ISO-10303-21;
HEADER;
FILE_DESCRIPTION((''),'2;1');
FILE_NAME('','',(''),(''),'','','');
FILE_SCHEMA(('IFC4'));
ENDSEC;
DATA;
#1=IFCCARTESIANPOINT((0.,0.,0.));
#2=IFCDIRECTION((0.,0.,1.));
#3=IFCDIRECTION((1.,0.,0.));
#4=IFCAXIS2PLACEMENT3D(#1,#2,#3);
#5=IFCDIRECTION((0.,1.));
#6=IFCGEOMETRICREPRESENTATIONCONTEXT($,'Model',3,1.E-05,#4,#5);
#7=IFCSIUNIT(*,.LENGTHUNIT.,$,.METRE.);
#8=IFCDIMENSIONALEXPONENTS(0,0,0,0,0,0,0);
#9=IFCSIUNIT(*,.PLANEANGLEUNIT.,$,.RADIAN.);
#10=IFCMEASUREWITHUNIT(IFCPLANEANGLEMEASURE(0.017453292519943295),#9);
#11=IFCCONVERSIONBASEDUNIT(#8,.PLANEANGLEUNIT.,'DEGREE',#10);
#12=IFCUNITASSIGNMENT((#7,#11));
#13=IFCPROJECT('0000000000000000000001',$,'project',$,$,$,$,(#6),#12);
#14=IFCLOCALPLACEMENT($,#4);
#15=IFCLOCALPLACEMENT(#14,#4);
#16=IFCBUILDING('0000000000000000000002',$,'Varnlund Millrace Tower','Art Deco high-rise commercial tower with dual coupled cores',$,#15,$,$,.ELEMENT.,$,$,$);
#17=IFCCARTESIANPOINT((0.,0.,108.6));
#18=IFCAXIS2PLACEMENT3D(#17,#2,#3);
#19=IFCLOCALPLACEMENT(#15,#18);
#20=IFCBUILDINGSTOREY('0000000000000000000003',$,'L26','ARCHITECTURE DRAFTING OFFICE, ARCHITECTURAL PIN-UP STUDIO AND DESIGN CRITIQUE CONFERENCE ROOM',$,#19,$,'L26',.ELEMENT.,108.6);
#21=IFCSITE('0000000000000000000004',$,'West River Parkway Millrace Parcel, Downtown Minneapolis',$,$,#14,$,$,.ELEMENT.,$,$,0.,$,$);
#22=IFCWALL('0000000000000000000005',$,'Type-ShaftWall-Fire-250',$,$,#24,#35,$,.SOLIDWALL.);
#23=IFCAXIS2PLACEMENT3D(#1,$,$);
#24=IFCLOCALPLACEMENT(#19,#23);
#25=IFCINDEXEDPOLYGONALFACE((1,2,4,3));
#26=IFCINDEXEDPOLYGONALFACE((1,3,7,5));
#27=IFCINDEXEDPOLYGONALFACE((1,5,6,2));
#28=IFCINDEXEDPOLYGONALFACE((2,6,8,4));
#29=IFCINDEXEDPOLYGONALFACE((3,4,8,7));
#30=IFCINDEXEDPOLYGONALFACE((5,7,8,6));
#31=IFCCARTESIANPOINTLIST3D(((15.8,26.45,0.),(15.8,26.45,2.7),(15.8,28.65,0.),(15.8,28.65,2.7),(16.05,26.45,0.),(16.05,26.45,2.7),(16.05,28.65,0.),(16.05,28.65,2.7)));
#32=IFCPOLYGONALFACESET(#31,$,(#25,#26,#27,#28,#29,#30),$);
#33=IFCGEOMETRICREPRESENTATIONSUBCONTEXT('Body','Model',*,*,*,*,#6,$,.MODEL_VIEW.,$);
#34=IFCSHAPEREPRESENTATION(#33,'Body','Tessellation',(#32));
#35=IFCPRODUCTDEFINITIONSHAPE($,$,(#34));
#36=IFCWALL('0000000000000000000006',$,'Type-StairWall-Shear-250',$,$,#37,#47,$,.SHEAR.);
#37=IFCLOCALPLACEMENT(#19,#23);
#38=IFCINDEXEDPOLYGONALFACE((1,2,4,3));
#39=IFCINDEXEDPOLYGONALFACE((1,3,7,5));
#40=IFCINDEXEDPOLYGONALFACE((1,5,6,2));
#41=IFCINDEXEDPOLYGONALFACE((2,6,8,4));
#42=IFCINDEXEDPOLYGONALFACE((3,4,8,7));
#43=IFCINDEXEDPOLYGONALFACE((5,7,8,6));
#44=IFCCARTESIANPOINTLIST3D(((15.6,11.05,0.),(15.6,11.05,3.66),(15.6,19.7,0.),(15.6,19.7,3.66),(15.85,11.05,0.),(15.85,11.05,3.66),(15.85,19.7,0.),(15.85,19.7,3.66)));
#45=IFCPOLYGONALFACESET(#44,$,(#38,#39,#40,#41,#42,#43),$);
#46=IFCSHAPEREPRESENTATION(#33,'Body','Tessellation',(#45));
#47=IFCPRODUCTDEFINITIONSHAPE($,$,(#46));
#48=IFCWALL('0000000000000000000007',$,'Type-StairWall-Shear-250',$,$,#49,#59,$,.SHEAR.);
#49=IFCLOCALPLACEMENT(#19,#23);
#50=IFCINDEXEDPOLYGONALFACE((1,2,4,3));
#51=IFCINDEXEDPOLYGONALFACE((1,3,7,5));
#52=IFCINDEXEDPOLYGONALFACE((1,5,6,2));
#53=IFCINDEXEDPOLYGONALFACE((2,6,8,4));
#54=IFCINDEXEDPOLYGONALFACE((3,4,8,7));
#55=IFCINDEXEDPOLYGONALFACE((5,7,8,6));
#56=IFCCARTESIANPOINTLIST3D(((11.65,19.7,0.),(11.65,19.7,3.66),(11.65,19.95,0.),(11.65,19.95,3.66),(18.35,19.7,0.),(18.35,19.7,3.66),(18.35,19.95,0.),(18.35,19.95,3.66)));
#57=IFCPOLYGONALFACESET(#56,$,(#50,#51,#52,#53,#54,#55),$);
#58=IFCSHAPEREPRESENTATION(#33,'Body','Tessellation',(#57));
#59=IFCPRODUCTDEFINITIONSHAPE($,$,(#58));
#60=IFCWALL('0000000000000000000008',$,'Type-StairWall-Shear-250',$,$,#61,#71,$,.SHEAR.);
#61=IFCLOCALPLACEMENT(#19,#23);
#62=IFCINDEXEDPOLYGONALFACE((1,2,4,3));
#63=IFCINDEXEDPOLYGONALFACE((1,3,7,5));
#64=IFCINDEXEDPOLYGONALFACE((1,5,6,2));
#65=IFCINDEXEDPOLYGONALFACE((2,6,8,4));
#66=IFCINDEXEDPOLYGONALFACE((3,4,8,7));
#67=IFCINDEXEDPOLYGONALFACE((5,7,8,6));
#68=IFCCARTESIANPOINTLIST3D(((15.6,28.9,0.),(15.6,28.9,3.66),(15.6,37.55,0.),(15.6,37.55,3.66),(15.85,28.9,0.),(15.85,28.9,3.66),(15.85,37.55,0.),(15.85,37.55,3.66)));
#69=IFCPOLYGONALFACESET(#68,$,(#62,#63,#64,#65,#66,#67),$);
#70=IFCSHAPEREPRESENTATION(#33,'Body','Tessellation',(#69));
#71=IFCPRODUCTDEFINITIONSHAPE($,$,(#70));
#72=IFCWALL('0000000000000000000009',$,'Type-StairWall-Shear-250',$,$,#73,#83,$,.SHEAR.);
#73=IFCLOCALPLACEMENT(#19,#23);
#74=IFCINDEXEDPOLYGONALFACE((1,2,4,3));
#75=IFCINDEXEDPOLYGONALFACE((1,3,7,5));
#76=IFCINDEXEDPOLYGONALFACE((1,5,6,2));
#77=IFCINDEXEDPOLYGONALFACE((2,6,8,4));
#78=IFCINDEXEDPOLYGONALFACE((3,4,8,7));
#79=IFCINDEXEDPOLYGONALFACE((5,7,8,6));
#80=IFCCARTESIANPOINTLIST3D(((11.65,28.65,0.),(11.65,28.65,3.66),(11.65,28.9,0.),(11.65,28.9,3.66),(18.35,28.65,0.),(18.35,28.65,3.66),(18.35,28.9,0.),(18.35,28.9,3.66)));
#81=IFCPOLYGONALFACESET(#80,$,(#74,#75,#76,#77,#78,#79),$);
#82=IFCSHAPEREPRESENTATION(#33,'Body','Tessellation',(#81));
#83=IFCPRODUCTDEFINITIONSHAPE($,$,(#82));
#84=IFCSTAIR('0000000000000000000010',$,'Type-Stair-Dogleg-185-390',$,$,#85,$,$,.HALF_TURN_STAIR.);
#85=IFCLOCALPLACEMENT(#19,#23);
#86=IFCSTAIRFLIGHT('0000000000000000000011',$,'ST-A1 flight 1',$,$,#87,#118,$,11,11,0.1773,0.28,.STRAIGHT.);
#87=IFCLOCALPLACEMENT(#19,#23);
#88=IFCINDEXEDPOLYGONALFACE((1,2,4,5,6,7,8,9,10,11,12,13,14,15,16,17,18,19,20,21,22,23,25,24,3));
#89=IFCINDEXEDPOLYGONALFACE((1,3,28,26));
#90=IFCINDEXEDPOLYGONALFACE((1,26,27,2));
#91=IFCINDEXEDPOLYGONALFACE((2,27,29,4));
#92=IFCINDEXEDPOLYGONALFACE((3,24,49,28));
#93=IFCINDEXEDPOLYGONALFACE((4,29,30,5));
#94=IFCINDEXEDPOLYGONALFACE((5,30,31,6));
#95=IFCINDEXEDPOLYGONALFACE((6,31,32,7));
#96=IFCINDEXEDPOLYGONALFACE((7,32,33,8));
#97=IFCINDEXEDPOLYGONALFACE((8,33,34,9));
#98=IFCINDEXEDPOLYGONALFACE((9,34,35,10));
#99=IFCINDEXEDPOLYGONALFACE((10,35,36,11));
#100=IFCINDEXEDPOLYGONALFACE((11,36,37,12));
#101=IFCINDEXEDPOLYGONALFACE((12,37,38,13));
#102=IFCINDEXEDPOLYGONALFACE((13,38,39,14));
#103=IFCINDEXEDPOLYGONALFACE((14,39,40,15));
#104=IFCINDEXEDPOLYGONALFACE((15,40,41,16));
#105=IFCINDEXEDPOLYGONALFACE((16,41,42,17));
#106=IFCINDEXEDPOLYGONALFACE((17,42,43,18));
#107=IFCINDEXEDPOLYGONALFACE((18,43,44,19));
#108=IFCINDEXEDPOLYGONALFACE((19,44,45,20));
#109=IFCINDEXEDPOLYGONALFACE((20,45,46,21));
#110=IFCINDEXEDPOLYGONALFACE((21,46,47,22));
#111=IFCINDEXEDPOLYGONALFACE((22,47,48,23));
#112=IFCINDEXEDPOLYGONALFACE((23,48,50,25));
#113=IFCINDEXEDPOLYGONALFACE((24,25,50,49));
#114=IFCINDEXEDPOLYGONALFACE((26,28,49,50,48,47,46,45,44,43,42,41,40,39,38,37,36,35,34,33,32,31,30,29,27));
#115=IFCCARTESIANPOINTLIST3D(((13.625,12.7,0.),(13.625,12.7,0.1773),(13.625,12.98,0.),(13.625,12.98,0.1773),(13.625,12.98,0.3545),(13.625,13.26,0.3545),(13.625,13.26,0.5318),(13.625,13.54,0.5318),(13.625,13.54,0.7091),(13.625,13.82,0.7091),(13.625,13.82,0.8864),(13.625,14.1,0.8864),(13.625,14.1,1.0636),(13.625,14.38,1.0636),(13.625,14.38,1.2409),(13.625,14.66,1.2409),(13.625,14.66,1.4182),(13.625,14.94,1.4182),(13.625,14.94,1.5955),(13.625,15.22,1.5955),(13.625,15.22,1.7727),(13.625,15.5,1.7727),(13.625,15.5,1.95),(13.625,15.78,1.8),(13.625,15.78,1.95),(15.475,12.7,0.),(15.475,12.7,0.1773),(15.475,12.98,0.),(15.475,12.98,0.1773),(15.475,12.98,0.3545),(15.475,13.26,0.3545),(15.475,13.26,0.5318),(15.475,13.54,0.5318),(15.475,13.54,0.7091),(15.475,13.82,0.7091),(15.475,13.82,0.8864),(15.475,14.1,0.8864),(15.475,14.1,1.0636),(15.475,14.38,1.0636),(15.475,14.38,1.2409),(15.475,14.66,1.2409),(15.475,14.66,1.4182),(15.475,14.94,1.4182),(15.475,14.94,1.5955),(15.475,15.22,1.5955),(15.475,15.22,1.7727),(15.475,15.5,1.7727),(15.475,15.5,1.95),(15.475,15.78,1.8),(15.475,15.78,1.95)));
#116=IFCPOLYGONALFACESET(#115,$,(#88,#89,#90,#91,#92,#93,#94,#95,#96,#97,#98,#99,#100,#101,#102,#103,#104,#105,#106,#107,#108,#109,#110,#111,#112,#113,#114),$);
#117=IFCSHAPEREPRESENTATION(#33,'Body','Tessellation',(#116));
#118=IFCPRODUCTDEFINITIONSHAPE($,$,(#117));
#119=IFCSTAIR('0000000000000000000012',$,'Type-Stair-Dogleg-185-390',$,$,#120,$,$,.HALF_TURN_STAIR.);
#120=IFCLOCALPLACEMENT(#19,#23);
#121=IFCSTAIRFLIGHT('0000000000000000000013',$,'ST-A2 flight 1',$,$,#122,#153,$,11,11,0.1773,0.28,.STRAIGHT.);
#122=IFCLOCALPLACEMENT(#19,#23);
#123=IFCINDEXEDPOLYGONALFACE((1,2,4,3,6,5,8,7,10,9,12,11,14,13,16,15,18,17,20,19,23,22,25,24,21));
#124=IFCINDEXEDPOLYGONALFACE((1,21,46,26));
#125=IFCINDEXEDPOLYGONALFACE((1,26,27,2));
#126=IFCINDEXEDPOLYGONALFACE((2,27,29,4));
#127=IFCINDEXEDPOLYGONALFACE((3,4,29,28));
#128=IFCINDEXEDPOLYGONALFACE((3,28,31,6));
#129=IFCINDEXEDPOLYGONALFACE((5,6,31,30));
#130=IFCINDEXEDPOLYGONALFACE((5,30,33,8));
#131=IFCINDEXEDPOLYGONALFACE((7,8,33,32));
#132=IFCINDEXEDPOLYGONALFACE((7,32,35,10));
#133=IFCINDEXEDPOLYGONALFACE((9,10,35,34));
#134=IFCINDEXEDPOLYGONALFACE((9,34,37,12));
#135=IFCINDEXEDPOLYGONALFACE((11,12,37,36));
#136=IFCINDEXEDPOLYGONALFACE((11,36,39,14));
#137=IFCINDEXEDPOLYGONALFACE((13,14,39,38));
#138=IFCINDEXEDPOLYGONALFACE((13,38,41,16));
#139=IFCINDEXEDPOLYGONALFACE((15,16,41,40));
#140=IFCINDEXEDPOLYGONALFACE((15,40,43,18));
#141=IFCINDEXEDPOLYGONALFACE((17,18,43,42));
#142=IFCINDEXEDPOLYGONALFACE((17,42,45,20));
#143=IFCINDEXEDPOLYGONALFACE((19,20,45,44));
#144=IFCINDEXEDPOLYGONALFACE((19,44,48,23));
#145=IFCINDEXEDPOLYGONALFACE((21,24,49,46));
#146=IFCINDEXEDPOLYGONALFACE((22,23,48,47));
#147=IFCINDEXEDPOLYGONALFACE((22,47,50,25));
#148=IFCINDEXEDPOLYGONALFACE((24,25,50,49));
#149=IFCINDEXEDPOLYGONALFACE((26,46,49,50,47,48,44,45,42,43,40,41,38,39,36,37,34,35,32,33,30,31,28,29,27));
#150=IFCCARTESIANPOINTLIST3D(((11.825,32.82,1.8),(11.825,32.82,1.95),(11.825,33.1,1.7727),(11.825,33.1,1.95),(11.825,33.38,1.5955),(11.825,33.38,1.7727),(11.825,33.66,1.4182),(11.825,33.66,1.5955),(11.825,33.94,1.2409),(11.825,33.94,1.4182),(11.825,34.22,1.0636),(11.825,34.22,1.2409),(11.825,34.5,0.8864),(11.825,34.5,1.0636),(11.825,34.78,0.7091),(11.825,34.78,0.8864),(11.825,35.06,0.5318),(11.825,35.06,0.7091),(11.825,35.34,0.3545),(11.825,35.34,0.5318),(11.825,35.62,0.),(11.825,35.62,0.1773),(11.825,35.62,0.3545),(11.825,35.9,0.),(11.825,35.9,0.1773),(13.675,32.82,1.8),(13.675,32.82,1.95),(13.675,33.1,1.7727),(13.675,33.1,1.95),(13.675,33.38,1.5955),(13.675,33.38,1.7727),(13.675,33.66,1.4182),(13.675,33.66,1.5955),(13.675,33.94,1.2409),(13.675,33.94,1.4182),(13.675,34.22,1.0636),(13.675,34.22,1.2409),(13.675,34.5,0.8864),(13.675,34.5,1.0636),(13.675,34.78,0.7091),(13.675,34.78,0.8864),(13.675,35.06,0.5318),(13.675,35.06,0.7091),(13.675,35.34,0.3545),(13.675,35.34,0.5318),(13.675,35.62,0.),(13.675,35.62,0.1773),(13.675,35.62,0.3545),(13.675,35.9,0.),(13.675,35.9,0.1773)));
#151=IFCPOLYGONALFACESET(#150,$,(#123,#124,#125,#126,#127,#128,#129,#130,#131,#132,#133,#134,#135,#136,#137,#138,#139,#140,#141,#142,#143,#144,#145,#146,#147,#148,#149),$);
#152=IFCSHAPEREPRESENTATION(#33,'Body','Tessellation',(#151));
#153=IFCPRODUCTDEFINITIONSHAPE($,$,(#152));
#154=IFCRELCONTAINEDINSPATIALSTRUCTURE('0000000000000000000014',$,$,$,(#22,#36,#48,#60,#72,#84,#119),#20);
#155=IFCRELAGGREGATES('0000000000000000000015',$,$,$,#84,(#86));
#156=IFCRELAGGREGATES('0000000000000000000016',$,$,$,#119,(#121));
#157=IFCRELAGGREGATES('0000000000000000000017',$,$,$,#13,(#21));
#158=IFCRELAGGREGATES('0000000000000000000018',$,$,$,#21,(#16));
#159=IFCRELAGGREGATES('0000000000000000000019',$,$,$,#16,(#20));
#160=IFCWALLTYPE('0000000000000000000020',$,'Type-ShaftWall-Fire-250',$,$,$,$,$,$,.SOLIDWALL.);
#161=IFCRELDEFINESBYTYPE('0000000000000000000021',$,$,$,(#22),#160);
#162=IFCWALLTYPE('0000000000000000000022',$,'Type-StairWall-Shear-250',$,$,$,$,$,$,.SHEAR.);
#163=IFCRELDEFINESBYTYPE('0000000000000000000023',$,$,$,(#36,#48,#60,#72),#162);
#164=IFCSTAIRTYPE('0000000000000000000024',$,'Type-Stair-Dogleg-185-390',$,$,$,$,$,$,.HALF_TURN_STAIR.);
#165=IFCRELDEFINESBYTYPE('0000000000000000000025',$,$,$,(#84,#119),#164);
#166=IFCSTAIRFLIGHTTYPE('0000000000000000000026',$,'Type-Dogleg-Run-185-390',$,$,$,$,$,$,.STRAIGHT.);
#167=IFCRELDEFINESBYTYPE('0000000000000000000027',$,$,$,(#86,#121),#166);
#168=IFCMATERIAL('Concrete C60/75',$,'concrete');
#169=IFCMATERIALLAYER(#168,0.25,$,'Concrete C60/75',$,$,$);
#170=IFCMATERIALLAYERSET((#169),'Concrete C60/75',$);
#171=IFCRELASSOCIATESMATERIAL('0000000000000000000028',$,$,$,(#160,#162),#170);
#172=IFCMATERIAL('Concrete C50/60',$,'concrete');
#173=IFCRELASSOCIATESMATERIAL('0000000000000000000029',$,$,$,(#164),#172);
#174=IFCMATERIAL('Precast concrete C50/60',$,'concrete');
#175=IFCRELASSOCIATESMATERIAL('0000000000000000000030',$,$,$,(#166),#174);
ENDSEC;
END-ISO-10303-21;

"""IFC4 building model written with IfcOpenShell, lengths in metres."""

from ifc_helpers import new_model, entity, si_unit, converted_unit, direction, frame, origin_with_axes, place, context, subcontext, project, spatial, polyline, outline, extrude, material, layer, layer_set, type_object, element, aggregate, save


model = new_model("IFC4")

# Units and contexts
model_context = context("Model", 3, precision=1e-05, world=origin_with_axes(), true_north=direction((0.0, 1.0)))
body_context = subcontext(model_context, "Body", "Model", "MODEL_VIEW")
ifc_project = project(units=[si_unit("LENGTHUNIT", "METRE"), converted_unit("PLANEANGLEUNIT", "DEGREE", entity("IfcPlaneAngleMeasure", 0.017453292519943295), si_unit("PLANEANGLEUNIT", "RADIAN"), dimensions=[0, 0, 0, 0, 0, 0, 0])], contexts=[model_context])

# Site, building, storey
site_placement = place(None, origin_with_axes())
site = spatial("IfcSite", under=ifc_project, at=site_placement, Name="West River Parkway Millrace Parcel, Downtown Minneapolis", CompositionType="ELEMENT", RefElevation=0.0)
building_placement = place(site_placement, origin_with_axes())
building = spatial("IfcBuilding", under=site, at=building_placement, Name="Varnlund Millrace Tower", Description="Art Deco high-rise commercial tower with dual coupled cores", CompositionType="ELEMENT")
storey_placement = place(building_placement, frame((0.0, 0.0, 108.6), z_axis=(0.0, 0.0, 1.0), x_axis=(1.0, 0.0, 0.0)))
storey = spatial("IfcBuildingStorey", under=building, at=storey_placement, Name="L26", Description="ARCHITECTURE DRAFTING OFFICE, ARCHITECTURAL PIN-UP STUDIO AND DESIGN CRITIQUE CONFERENCE ROOM", LongName="L26", CompositionType="ELEMENT", Elevation=108.6)

# Shared definitions
ifc_material_1 = material(Name="Concrete C60/75", Category="concrete")
ifc_layer_1 = layer(ifc_material_1, 0.25, Name="Concrete C60/75")
ifc_layer_set_1 = layer_set([ifc_layer_1], Name="Concrete C60/75")
wall_type_1 = type_object("IfcWallType", Name="Type-ShaftWall-Fire-250", PredefinedType="SOLIDWALL", material=ifc_layer_set_1)

# Walls
for number, where, z_axis, x_axis, name in (
    (1, (15.925, 26.45, 0.0), (0.0, 0.0, 1.0), (0.0, 1.0, 0.0), "Type-ShaftWall-Fire-250"),
):
    element("IfcWall", number, at=place(storey_placement, frame(where, z_axis=z_axis, x_axis=x_axis)), inside=storey, type_object=wall_type_1, Name=name, PredefinedType="SOLIDWALL", context=body_context, shape_type="SweptSolid", body=[
        extrude(outline(polyline([(0.0, -0.125), (2.2, -0.125), (2.2, 0.125), (0.0, 0.125), (0.0, -0.125)])), origin_with_axes(), (0.0, 0.0, 1.0), 2.7),
    ])
wall_type_2 = type_object("IfcWallType", Name="Type-StairWall-Shear-250", PredefinedType="SHEAR", material=ifc_layer_set_1)
wall_1_placement = place(storey_placement, frame((15.725, 11.05, 0.0), z_axis=(0.0, 0.0, 1.0), x_axis=(0.0, 1.0, 0.0)))
element("IfcWall", 2, at=wall_1_placement, inside=storey, type_object=wall_type_2, Name="Type-StairWall-Shear-250", PredefinedType="SHEAR", context=body_context, shape_type="SweptSolid", body=[
    extrude(outline(polyline([(0.0, -0.125), (8.65, -0.125), (8.65, 0.125), (0.0, 0.125), (0.0, -0.125)])), origin_with_axes(), (0.0, 0.0, 1.0), 3.66),
])
wall_2_placement = place(storey_placement, frame((11.65, 19.825, 0.0), z_axis=(0.0, 0.0, 1.0), x_axis=(1.0, 0.0, 0.0)))
element("IfcWall", 3, at=wall_2_placement, inside=storey, type_object=wall_type_2, Name="Type-StairWall-Shear-250", PredefinedType="SHEAR", context=body_context, shape_type="SweptSolid", body=[
    extrude(outline(polyline([(0.0, -0.125), (6.7, -0.125), (6.7, 0.125), (0.0, 0.125), (0.0, -0.125)])), origin_with_axes(), (0.0, 0.0, 1.0), 3.66),
])
wall_3_placement = place(storey_placement, frame((15.725, 28.9, 0.0), z_axis=(0.0, 0.0, 1.0), x_axis=(0.0, 1.0, 0.0)))
element("IfcWall", 4, at=wall_3_placement, inside=storey, type_object=wall_type_2, Name="Type-StairWall-Shear-250", PredefinedType="SHEAR", context=body_context, shape_type="SweptSolid", body=[
    extrude(outline(polyline([(0.0, -0.125), (8.65, -0.125), (8.65, 0.125), (0.0, 0.125), (0.0, -0.125)])), origin_with_axes(), (0.0, 0.0, 1.0), 3.66),
])
wall_4_placement = place(storey_placement, frame((11.65, 28.775, 0.0), z_axis=(0.0, 0.0, 1.0), x_axis=(1.0, 0.0, 0.0)))
element("IfcWall", 5, at=wall_4_placement, inside=storey, type_object=wall_type_2, Name="Type-StairWall-Shear-250", PredefinedType="SHEAR", context=body_context, shape_type="SweptSolid", body=[
    extrude(outline(polyline([(0.0, -0.125), (6.7, -0.125), (6.7, 0.125), (0.0, 0.125), (0.0, -0.125)])), origin_with_axes(), (0.0, 0.0, 1.0), 3.66),
])

# Stairs, stair flights
ifc_material_2 = material(Name="Concrete C50/60", Category="concrete")
stair_type = type_object("IfcStairType", Name="Type-Stair-Dogleg-185-390", PredefinedType="HALF_TURN_STAIR", material=ifc_material_2)
stair_1_placement = place(storey_placement, origin_with_axes())
stair_1 = element("IfcStair", 6, at=stair_1_placement, inside=storey, type_object=stair_type, Name="Type-Stair-Dogleg-185-390", PredefinedType="HALF_TURN_STAIR")
ifc_material_3 = material(Name="Precast concrete C50/60", Category="concrete")
stair_flight_type = type_object("IfcStairFlightType", Name="Type-Dogleg-Run-185-390", PredefinedType="STRAIGHT", material=ifc_material_3)
stair_flight_1_placement = place(storey_placement, frame((13.625, 12.7, 0.0), z_axis=(1.0, 0.0, 0.0), x_axis=(0.0, 1.0, 0.0)))
stair_flight_1 = element("IfcStairFlight", 7, at=stair_flight_1_placement, type_object=stair_flight_type, Name="ST-A1 flight 1", NumberOfRisers=11, NumberOfTreads=11, PredefinedType="STRAIGHT", RiserHeight=0.1773, TreadLength=0.28, context=body_context, shape_type="SweptSolid", body=[
    extrude(outline(polyline([(0.0, 0.0), (0.0, 0.1773), (0.28, 0.1773), (0.28, 0.3545), (0.56, 0.3545), (0.56, 0.5318), (0.84, 0.5318), (0.84, 0.7091), (1.12, 0.7091), (1.12, 0.8864), (1.4, 0.8864), (1.4, 1.0636), (1.68, 1.0636), (1.68, 1.2409), (1.96, 1.2409), (1.96, 1.4182), (2.24, 1.4182), (2.24, 1.5955), (2.52, 1.5955), (2.52, 1.7727), (2.8, 1.7727), (2.8, 1.95), (3.08, 1.95), (3.08, 1.8), (0.28, 0.0), (0.0, 0.0)])), origin_with_axes(), (0.0, 0.0, 1.0), 1.85),
])
aggregate(stair_1, [stair_flight_1])
stair_2_placement = place(storey_placement, origin_with_axes())
stair_2 = element("IfcStair", 8, at=stair_2_placement, inside=storey, type_object=stair_type, Name="Type-Stair-Dogleg-185-390", PredefinedType="HALF_TURN_STAIR")
stair_flight_2_placement = place(storey_placement, frame((13.675, 35.9, 0.0), z_axis=(-1.0, 0.0, 0.0), x_axis=(0.0, -1.0, 0.0)))
stair_flight_2 = element("IfcStairFlight", 9, at=stair_flight_2_placement, type_object=stair_flight_type, Name="ST-A2 flight 1", NumberOfRisers=11, NumberOfTreads=11, PredefinedType="STRAIGHT", RiserHeight=0.1773, TreadLength=0.28, context=body_context, shape_type="SweptSolid", body=[
    extrude(outline(polyline([(0.0, 0.0), (0.0, 0.1773), (0.28, 0.1773), (0.28, 0.3545), (0.56, 0.3545), (0.56, 0.5318), (0.84, 0.5318), (0.84, 0.7091), (1.12, 0.7091), (1.12, 0.8864), (1.4, 0.8864), (1.4, 1.0636), (1.68, 1.0636), (1.68, 1.2409), (1.96, 1.2409), (1.96, 1.4182), (2.24, 1.4182), (2.24, 1.5955), (2.52, 1.5955), (2.52, 1.7727), (2.8, 1.7727), (2.8, 1.95), (3.08, 1.95), (3.08, 1.8), (0.28, 0.0), (0.0, 0.0)])), origin_with_axes(), (0.0, 0.0, 1.0), 1.85),
])
aggregate(stair_2, [stair_flight_2])

save(model, "model.ifc")
